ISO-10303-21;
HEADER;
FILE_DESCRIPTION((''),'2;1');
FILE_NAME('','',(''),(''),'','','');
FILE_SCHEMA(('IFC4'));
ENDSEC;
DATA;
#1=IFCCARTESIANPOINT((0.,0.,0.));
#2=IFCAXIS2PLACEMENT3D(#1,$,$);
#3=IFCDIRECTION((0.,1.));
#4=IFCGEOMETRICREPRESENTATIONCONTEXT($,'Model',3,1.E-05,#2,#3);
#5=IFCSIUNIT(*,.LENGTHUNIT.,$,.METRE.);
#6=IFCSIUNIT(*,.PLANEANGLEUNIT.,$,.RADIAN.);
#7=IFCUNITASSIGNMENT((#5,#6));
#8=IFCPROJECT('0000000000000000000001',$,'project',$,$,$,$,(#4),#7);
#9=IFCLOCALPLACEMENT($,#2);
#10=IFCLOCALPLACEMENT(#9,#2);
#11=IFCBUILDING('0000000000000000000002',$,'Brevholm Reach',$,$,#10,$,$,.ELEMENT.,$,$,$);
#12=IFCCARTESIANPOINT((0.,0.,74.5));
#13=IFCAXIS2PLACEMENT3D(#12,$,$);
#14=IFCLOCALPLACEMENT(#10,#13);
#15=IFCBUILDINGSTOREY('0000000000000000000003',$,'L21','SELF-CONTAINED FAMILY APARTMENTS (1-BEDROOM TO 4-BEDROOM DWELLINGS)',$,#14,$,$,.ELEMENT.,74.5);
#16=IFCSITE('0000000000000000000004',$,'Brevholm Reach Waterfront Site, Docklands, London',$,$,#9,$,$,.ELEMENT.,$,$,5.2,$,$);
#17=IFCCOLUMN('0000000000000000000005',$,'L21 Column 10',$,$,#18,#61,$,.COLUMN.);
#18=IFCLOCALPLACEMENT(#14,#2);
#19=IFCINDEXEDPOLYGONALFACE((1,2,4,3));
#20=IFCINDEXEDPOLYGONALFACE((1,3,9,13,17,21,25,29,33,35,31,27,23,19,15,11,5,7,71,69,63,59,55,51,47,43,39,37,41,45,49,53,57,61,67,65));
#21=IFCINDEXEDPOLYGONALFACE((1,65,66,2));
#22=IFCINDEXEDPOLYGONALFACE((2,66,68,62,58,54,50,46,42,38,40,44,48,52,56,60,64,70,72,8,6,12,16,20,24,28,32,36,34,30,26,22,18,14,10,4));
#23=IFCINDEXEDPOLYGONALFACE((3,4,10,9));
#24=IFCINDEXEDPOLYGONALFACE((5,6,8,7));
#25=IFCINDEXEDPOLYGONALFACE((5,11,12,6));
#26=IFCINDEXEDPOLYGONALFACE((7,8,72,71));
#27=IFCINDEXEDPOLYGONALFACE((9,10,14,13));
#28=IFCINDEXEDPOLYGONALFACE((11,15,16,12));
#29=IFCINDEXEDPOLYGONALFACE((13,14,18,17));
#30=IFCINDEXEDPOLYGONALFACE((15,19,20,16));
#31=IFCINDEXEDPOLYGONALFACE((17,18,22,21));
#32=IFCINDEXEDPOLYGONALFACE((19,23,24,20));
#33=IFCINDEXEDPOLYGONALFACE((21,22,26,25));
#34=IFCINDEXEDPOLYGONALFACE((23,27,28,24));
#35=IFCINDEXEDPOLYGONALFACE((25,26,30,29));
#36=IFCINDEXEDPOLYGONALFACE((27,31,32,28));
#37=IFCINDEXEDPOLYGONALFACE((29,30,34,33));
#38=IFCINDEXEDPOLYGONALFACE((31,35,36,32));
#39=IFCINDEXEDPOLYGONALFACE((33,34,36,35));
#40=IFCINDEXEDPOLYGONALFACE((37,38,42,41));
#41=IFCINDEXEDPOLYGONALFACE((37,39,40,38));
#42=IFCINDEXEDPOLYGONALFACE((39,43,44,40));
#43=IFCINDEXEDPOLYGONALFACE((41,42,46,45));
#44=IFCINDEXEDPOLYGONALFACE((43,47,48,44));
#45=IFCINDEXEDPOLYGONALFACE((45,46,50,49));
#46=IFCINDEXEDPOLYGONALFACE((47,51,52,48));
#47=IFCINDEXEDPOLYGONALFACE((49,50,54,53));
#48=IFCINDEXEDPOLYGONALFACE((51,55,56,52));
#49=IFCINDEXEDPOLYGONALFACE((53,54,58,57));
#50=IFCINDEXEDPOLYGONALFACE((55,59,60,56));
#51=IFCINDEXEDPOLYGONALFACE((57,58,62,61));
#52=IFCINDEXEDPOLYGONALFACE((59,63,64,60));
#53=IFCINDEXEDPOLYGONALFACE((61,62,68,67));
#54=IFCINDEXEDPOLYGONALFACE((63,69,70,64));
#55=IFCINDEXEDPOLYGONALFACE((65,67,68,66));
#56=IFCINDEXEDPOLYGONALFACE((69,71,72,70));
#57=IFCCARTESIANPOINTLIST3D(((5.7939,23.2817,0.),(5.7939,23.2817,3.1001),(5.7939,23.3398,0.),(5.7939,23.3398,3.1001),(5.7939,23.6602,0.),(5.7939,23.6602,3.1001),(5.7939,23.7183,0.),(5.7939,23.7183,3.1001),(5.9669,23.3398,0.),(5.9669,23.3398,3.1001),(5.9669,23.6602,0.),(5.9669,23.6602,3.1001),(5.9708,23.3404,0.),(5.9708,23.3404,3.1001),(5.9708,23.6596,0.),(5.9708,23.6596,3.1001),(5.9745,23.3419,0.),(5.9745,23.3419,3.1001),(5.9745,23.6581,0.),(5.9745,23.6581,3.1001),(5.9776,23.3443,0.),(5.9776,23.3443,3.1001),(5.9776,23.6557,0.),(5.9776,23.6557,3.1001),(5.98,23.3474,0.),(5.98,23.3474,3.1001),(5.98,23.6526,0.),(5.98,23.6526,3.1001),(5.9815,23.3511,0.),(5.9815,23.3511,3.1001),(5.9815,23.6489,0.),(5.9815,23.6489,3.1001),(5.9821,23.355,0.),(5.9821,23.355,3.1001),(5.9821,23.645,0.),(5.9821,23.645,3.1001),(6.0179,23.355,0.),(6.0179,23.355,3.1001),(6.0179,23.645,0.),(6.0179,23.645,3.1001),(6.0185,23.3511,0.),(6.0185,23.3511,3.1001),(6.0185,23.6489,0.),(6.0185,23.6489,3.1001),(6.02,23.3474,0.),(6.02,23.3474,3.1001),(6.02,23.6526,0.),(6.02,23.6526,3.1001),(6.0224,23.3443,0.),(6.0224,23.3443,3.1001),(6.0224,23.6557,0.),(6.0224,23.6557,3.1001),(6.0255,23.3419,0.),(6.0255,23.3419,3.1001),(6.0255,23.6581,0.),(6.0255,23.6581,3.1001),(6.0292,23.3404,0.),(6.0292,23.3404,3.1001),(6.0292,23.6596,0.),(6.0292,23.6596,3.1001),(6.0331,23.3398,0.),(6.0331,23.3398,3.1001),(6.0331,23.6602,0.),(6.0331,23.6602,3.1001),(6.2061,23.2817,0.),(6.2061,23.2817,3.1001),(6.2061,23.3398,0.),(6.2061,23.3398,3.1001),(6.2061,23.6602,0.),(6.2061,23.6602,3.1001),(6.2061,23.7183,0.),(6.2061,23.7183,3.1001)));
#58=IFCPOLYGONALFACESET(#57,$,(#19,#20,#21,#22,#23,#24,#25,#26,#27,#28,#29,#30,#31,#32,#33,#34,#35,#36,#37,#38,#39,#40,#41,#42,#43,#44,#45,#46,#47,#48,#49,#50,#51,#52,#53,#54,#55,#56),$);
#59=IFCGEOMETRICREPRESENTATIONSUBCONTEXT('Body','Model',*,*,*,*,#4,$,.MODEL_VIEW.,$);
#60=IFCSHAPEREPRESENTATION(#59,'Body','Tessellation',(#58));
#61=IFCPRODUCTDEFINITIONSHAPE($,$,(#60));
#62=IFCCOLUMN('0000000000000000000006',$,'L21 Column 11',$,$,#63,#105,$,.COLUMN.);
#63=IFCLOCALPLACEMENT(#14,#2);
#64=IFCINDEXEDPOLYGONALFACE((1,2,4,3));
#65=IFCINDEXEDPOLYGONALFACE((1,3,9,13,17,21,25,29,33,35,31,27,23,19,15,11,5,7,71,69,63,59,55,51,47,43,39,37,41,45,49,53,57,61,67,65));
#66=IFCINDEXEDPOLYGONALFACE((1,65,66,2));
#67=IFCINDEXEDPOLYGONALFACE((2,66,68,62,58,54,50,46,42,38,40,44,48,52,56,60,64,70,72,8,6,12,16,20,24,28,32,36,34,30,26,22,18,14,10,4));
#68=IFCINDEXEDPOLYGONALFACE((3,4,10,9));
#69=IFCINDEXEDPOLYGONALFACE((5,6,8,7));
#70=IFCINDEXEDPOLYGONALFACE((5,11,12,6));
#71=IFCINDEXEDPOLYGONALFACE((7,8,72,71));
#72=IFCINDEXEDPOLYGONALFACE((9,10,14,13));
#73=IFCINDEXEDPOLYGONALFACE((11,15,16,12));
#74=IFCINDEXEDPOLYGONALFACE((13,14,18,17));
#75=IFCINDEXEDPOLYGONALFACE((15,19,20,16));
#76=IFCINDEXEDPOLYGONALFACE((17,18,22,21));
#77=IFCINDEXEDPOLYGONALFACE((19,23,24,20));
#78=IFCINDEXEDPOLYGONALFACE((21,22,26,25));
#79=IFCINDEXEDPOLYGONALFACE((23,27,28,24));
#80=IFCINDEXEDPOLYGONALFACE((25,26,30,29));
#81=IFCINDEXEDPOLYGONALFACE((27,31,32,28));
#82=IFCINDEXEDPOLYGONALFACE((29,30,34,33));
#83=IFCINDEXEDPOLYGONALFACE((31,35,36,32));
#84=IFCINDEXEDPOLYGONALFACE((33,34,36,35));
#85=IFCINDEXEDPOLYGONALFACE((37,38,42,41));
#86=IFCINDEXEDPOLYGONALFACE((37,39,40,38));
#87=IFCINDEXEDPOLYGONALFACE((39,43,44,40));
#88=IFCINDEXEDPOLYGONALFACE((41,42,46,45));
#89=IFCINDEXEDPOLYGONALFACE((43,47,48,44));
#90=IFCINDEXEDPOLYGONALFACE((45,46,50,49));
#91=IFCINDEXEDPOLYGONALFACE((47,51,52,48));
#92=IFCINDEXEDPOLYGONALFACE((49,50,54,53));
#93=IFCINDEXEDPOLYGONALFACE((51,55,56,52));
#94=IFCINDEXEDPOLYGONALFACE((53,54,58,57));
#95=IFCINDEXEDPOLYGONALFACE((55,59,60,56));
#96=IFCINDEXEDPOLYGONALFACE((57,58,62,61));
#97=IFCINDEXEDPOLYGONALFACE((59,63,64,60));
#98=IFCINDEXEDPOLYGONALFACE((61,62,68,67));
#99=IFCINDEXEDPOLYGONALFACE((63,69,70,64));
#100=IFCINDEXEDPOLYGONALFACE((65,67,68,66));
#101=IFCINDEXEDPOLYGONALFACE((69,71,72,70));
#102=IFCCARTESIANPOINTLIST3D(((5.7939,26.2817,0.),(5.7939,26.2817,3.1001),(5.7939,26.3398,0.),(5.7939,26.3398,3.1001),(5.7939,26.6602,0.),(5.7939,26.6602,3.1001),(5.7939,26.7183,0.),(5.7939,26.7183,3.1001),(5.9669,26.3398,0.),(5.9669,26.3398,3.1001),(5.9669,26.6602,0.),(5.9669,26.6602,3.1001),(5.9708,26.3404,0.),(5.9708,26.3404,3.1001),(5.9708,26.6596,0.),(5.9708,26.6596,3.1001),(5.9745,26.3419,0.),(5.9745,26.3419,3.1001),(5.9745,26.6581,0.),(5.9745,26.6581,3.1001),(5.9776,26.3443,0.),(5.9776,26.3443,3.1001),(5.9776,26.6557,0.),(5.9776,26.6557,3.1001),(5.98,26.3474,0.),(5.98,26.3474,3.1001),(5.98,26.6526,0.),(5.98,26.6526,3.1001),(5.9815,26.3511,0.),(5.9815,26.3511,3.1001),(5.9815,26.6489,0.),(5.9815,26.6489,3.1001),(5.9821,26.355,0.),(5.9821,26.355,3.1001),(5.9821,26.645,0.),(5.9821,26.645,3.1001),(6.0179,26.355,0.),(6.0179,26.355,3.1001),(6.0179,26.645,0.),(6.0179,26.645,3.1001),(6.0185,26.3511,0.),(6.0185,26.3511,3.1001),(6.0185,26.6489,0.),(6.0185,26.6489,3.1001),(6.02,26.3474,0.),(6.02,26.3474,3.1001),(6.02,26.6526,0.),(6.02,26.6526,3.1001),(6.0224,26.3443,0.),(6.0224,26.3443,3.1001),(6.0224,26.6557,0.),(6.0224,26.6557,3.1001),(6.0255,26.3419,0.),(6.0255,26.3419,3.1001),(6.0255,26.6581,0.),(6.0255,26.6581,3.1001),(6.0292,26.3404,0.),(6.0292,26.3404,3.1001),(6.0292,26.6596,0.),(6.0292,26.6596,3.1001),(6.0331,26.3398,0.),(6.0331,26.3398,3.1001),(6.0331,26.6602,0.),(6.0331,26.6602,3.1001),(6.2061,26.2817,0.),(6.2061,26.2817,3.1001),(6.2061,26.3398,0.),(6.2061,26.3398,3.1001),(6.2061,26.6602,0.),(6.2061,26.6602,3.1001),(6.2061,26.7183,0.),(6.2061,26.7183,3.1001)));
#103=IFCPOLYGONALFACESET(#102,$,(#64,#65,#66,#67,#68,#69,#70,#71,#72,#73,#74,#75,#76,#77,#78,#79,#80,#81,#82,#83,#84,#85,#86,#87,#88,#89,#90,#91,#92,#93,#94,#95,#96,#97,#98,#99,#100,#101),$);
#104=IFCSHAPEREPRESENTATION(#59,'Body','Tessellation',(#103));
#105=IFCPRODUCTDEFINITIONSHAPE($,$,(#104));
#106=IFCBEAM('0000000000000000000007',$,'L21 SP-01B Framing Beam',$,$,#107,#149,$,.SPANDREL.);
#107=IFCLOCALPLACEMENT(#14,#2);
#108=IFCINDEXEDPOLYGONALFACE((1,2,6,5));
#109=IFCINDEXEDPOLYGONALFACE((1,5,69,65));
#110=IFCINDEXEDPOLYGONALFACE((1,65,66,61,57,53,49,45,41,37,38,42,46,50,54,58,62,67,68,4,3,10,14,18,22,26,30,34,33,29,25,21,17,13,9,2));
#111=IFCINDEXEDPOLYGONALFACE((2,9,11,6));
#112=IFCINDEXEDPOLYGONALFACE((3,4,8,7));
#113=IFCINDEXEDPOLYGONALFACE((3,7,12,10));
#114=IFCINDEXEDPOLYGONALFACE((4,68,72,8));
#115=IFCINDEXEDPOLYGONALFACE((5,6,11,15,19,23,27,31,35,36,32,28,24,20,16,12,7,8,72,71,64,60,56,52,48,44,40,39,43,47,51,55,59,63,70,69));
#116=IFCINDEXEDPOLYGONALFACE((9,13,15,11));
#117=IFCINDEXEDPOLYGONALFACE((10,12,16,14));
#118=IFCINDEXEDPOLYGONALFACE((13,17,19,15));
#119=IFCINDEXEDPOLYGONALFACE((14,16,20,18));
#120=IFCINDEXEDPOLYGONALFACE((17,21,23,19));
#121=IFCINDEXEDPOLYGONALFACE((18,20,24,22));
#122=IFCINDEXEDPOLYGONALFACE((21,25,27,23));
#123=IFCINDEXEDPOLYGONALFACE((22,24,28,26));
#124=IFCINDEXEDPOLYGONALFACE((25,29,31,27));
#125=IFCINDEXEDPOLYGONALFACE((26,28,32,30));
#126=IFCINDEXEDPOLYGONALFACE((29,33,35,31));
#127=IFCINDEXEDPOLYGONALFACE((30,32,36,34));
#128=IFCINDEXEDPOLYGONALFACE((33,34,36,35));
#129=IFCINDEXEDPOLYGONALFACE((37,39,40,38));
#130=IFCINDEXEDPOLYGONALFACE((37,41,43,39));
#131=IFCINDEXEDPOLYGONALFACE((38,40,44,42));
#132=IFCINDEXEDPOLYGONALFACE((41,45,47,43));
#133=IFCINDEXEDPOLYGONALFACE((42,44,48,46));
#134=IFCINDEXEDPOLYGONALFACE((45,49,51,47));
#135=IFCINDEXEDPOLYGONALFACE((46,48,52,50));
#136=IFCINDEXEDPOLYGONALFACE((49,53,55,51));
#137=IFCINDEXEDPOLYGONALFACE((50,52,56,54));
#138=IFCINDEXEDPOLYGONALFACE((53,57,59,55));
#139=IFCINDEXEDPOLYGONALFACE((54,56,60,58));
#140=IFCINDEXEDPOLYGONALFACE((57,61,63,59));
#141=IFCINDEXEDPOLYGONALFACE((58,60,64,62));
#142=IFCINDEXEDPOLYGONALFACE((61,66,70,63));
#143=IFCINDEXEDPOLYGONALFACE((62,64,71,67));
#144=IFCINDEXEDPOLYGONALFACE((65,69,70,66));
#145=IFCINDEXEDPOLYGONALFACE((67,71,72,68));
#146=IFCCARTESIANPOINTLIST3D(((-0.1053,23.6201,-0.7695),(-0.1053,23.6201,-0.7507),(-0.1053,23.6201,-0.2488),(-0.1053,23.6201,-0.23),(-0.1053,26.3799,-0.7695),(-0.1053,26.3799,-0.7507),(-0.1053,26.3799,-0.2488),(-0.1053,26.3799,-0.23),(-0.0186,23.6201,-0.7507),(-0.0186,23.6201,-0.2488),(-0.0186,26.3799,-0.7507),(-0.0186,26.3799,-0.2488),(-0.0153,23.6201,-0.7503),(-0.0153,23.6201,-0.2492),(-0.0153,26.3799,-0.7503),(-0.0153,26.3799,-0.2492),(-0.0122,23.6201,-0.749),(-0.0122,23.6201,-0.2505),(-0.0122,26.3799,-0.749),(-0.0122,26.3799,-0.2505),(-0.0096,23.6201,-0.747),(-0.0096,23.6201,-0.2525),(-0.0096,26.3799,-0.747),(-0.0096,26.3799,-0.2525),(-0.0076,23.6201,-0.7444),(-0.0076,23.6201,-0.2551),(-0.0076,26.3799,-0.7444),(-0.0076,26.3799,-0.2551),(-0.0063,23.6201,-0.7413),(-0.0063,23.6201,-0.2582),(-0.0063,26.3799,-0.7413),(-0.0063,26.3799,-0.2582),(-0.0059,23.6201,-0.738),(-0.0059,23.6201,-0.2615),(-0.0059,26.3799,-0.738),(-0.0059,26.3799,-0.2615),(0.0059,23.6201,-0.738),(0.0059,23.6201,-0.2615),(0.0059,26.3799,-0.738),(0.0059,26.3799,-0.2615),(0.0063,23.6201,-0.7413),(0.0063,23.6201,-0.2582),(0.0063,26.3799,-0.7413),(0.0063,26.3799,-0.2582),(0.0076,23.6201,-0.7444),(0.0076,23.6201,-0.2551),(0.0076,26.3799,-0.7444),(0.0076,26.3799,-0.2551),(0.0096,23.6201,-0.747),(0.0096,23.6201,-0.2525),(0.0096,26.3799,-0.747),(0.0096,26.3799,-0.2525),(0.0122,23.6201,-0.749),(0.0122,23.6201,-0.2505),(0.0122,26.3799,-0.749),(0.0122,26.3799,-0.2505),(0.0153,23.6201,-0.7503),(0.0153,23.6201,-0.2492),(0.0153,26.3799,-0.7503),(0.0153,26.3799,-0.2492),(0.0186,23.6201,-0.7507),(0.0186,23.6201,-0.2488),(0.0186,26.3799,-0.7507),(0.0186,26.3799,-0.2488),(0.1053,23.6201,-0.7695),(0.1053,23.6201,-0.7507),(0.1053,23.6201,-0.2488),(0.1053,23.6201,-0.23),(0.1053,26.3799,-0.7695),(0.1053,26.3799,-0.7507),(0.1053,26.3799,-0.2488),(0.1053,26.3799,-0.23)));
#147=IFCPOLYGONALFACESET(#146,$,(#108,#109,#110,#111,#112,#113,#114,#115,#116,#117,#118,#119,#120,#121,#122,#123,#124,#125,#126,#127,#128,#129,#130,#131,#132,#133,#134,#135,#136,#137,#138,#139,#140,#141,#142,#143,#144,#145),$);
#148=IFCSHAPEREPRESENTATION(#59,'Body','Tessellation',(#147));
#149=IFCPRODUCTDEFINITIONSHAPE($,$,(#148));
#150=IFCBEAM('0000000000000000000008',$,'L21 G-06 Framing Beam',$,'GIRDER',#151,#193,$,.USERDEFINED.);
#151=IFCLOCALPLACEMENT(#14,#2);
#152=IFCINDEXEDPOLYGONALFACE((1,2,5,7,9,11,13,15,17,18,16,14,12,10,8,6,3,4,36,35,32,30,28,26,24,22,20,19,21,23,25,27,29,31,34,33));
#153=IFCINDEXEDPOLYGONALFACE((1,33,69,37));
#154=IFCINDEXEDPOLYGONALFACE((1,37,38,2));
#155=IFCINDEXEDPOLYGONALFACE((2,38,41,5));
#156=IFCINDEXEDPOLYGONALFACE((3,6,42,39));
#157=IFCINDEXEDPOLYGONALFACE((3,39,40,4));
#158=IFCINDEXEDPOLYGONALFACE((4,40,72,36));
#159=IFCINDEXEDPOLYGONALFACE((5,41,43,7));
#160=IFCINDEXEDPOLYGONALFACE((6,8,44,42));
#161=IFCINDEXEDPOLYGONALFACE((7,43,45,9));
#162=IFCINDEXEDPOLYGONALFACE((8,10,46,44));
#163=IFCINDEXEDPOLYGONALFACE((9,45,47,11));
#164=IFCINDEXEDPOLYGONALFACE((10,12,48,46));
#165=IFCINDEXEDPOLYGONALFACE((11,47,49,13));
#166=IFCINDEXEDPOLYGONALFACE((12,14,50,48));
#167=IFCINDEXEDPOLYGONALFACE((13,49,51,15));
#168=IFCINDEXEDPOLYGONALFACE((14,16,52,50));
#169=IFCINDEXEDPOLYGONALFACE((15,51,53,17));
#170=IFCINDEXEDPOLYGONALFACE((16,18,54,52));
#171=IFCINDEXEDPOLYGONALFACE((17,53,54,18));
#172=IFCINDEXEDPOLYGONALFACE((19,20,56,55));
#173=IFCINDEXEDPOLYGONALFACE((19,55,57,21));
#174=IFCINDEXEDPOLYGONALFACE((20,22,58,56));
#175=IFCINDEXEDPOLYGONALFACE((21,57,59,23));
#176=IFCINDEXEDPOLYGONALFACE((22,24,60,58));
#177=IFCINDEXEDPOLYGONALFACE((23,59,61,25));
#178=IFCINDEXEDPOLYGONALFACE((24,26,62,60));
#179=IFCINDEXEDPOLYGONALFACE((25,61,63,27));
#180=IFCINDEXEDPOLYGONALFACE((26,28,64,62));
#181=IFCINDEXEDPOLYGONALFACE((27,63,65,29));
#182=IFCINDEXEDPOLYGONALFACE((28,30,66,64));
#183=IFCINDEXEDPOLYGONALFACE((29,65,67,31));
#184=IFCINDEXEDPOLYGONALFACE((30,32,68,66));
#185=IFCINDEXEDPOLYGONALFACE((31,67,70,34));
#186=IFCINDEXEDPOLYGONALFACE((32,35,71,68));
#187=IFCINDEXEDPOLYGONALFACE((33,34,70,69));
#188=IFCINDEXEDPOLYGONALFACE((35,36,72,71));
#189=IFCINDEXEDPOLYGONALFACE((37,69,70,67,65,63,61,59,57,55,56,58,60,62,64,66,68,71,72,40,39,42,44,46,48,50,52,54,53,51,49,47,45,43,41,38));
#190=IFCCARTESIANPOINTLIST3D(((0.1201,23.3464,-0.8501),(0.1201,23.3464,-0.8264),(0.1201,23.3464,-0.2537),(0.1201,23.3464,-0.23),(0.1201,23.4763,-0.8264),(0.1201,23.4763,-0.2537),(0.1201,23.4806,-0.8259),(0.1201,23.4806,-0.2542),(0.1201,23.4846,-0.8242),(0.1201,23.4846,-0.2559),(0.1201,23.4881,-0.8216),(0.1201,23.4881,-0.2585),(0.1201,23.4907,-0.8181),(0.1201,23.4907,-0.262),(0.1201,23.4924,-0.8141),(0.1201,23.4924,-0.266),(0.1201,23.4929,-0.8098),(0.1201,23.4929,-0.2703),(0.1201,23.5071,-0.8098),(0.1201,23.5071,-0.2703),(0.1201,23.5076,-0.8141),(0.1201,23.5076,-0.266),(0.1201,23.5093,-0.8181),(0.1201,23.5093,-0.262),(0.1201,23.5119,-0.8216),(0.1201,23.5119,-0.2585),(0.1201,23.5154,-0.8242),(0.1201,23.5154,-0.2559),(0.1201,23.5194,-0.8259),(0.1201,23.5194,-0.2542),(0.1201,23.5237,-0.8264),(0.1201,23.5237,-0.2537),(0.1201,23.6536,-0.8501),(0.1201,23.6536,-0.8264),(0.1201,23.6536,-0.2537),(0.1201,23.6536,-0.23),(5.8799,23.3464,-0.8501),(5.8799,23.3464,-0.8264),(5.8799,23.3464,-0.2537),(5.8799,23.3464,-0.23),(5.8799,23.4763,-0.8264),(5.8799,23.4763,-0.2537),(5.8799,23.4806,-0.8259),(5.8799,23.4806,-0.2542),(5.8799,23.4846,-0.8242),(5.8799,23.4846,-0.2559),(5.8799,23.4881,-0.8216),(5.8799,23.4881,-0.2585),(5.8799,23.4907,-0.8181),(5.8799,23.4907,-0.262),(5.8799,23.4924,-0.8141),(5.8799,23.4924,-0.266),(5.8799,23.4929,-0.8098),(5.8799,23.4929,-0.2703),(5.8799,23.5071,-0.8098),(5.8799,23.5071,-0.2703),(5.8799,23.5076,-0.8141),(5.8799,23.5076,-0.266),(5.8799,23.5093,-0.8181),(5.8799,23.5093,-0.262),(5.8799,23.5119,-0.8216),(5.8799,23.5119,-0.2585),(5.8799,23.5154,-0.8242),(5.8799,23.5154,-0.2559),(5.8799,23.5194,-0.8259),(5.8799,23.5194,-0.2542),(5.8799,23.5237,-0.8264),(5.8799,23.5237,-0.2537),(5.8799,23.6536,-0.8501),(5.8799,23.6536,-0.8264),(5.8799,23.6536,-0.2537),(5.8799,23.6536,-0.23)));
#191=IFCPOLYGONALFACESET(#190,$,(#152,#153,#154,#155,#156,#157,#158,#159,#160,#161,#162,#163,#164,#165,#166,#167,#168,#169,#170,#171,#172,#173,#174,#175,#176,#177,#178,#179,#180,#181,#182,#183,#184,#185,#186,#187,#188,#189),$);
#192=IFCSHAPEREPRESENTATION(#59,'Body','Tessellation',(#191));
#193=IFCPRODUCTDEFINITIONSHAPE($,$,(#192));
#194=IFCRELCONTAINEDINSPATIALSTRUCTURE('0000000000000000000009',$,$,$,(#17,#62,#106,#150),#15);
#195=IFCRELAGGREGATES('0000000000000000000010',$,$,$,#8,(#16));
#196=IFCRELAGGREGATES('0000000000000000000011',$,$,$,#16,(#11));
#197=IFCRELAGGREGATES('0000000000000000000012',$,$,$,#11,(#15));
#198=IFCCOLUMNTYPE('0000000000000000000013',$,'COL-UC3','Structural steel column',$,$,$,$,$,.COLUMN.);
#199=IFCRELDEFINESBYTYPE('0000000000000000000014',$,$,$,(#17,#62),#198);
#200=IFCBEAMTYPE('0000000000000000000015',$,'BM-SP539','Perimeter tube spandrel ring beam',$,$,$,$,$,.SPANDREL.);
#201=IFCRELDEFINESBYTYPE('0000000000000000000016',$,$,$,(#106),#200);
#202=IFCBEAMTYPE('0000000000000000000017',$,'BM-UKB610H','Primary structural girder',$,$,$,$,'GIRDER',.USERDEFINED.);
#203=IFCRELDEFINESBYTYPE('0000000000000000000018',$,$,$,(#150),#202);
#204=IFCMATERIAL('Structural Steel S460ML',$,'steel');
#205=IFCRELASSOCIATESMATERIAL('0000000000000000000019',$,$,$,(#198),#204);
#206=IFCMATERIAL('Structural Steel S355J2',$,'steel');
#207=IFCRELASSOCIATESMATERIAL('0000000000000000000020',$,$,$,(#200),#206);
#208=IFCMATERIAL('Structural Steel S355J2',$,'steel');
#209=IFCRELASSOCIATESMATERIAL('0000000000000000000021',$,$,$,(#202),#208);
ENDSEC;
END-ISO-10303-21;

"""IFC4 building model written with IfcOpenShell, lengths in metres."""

from ifc_helpers import new_model, si_unit, direction, frame, origin, origin_2d, place, context, subcontext, project, spatial, i_section, extrude, material, material_profile, profile_set, type_object, element, save


model = new_model("IFC4")

# Units and contexts
model_context = context("Model", 3, precision=1e-05, world=origin(), true_north=direction((0.0, 1.0)))
body_context = subcontext(model_context, "Body", "Model", "MODEL_VIEW")
ifc_project = project(units=[si_unit("LENGTHUNIT", "METRE"), si_unit("PLANEANGLEUNIT", "RADIAN")], contexts=[model_context])

# Site, building, storey
site_placement = place(None, origin())
site = spatial("IfcSite", under=ifc_project, at=site_placement, Name="Brevholm Reach Waterfront Site, Docklands, London", CompositionType="ELEMENT", RefElevation=5.2)
building_placement = place(site_placement, origin())
building = spatial("IfcBuilding", under=site, at=building_placement, Name="Brevholm Reach", CompositionType="ELEMENT")
storey_placement = place(building_placement, frame((0.0, 0.0, 74.5)))
storey = spatial("IfcBuildingStorey", under=building, at=storey_placement, Name="L21", Description="SELF-CONTAINED FAMILY APARTMENTS (1-BEDROOM TO 4-BEDROOM DWELLINGS)", CompositionType="ELEMENT", Elevation=74.5)

# Columns
ifc_material_1 = material(Name="Structural Steel S460ML", Category="steel")
ifc_material_profile_1 = material_profile(ifc_material_1, i_section(OverallWidth=0.4121, OverallDepth=0.4365, WebThickness=0.0359, FlangeThickness=0.0581, FilletRadius=0.0151, at=origin_2d()), Name="UKC 356x406x467")
ifc_profile_set_1 = profile_set([ifc_material_profile_1], Name="Structural Steel S460ML")
column_type_1 = type_object("IfcColumnType", Name="COL-UC3", Description="Structural steel column", PredefinedType="COLUMN", material=ifc_profile_set_1)
for number, where, z_axis, x_axis, name in (
    (1, (6.0, 23.5, 0.0), (0.0, 0.0, 1.0), (1.0, 0.0, 0.0), "L21 Column 10"),
    (2, (6.0, 26.5, 0.0), (0.0, 0.0, 1.0), (1.0, 0.0, 0.0), "L21 Column 11"),
):
    element("IfcColumn", number, at=place(storey_placement, frame(where, z_axis=z_axis, x_axis=x_axis)), inside=storey, type_object=column_type_1, Name=name, PredefinedType="COLUMN", context=body_context, shape_type="SweptSolid", body=[
        extrude(i_section(OverallWidth=0.4121, OverallDepth=0.4365, WebThickness=0.0359, FlangeThickness=0.0581, FilletRadius=0.0151, at=origin_2d()), origin(), (0.0, 0.0, 1.0), 3.1001),
    ])

# Beams
ifc_material_2 = material(Name="Structural Steel S355J2", Category="steel")
ifc_material_profile_2 = material_profile(ifc_material_2, i_section(OverallWidth=0.2107, OverallDepth=0.5396, WebThickness=0.0117, FlangeThickness=0.0188, FilletRadius=0.0127, at=origin_2d()), Name="UKB 533x210x109")
ifc_profile_set_2 = profile_set([ifc_material_profile_2], Name="Structural Steel S355J2")
beam_type_1 = type_object("IfcBeamType", Name="BM-SP539", Description="Perimeter tube spandrel ring beam", PredefinedType="SPANDREL", material=ifc_profile_set_2)
beam_1_placement = place(storey_placement, frame((0.0, 23.6201, -0.4998), z_axis=(0.0, 1.0, 0.0), x_axis=(-1.0, 0.0, 0.0)))
element("IfcBeam", 3, at=beam_1_placement, inside=storey, type_object=beam_type_1, Name="L21 SP-01B Framing Beam", PredefinedType="SPANDREL", context=body_context, shape_type="SweptSolid", body=[
    extrude(i_section(OverallWidth=0.2107, OverallDepth=0.5396, WebThickness=0.0117, FlangeThickness=0.0188, FilletRadius=0.0127, at=origin_2d()), origin(), (0.0, 0.0, 1.0), 2.7598),
])
ifc_material_3 = material(Name="Structural Steel S355J2", Category="steel")
ifc_material_profile_3 = material_profile(ifc_material_3, i_section(OverallWidth=0.3071, OverallDepth=0.6201, WebThickness=0.0142, FlangeThickness=0.0237, FilletRadius=0.0166, at=origin_2d()), Name="UKB 610x305x179")
ifc_profile_set_3 = profile_set([ifc_material_profile_3], Name="Structural Steel S355J2")
beam_type_2 = type_object("IfcBeamType", Name="BM-UKB610H", Description="Primary structural girder", ElementType="GIRDER", PredefinedType="USERDEFINED", material=ifc_profile_set_3)
for number, where, z_axis, x_axis, name in (
    (4, (0.1201, 23.5, -0.54), (1.0, 0.0, 0.0), (0.0, 1.0, 0.0), "L21 G-06 Framing Beam"),
):
    element("IfcBeam", number, at=place(storey_placement, frame(where, z_axis=z_axis, x_axis=x_axis)), inside=storey, type_object=beam_type_2, Name=name, ObjectType="GIRDER", PredefinedType="USERDEFINED", context=body_context, shape_type="SweptSolid", body=[
        extrude(i_section(OverallWidth=0.3071, OverallDepth=0.6201, WebThickness=0.0142, FlangeThickness=0.0237, FilletRadius=0.0166, at=origin_2d()), origin(), (0.0, 0.0, 1.0), 5.7598),
    ])

save(model, "model.ifc")
